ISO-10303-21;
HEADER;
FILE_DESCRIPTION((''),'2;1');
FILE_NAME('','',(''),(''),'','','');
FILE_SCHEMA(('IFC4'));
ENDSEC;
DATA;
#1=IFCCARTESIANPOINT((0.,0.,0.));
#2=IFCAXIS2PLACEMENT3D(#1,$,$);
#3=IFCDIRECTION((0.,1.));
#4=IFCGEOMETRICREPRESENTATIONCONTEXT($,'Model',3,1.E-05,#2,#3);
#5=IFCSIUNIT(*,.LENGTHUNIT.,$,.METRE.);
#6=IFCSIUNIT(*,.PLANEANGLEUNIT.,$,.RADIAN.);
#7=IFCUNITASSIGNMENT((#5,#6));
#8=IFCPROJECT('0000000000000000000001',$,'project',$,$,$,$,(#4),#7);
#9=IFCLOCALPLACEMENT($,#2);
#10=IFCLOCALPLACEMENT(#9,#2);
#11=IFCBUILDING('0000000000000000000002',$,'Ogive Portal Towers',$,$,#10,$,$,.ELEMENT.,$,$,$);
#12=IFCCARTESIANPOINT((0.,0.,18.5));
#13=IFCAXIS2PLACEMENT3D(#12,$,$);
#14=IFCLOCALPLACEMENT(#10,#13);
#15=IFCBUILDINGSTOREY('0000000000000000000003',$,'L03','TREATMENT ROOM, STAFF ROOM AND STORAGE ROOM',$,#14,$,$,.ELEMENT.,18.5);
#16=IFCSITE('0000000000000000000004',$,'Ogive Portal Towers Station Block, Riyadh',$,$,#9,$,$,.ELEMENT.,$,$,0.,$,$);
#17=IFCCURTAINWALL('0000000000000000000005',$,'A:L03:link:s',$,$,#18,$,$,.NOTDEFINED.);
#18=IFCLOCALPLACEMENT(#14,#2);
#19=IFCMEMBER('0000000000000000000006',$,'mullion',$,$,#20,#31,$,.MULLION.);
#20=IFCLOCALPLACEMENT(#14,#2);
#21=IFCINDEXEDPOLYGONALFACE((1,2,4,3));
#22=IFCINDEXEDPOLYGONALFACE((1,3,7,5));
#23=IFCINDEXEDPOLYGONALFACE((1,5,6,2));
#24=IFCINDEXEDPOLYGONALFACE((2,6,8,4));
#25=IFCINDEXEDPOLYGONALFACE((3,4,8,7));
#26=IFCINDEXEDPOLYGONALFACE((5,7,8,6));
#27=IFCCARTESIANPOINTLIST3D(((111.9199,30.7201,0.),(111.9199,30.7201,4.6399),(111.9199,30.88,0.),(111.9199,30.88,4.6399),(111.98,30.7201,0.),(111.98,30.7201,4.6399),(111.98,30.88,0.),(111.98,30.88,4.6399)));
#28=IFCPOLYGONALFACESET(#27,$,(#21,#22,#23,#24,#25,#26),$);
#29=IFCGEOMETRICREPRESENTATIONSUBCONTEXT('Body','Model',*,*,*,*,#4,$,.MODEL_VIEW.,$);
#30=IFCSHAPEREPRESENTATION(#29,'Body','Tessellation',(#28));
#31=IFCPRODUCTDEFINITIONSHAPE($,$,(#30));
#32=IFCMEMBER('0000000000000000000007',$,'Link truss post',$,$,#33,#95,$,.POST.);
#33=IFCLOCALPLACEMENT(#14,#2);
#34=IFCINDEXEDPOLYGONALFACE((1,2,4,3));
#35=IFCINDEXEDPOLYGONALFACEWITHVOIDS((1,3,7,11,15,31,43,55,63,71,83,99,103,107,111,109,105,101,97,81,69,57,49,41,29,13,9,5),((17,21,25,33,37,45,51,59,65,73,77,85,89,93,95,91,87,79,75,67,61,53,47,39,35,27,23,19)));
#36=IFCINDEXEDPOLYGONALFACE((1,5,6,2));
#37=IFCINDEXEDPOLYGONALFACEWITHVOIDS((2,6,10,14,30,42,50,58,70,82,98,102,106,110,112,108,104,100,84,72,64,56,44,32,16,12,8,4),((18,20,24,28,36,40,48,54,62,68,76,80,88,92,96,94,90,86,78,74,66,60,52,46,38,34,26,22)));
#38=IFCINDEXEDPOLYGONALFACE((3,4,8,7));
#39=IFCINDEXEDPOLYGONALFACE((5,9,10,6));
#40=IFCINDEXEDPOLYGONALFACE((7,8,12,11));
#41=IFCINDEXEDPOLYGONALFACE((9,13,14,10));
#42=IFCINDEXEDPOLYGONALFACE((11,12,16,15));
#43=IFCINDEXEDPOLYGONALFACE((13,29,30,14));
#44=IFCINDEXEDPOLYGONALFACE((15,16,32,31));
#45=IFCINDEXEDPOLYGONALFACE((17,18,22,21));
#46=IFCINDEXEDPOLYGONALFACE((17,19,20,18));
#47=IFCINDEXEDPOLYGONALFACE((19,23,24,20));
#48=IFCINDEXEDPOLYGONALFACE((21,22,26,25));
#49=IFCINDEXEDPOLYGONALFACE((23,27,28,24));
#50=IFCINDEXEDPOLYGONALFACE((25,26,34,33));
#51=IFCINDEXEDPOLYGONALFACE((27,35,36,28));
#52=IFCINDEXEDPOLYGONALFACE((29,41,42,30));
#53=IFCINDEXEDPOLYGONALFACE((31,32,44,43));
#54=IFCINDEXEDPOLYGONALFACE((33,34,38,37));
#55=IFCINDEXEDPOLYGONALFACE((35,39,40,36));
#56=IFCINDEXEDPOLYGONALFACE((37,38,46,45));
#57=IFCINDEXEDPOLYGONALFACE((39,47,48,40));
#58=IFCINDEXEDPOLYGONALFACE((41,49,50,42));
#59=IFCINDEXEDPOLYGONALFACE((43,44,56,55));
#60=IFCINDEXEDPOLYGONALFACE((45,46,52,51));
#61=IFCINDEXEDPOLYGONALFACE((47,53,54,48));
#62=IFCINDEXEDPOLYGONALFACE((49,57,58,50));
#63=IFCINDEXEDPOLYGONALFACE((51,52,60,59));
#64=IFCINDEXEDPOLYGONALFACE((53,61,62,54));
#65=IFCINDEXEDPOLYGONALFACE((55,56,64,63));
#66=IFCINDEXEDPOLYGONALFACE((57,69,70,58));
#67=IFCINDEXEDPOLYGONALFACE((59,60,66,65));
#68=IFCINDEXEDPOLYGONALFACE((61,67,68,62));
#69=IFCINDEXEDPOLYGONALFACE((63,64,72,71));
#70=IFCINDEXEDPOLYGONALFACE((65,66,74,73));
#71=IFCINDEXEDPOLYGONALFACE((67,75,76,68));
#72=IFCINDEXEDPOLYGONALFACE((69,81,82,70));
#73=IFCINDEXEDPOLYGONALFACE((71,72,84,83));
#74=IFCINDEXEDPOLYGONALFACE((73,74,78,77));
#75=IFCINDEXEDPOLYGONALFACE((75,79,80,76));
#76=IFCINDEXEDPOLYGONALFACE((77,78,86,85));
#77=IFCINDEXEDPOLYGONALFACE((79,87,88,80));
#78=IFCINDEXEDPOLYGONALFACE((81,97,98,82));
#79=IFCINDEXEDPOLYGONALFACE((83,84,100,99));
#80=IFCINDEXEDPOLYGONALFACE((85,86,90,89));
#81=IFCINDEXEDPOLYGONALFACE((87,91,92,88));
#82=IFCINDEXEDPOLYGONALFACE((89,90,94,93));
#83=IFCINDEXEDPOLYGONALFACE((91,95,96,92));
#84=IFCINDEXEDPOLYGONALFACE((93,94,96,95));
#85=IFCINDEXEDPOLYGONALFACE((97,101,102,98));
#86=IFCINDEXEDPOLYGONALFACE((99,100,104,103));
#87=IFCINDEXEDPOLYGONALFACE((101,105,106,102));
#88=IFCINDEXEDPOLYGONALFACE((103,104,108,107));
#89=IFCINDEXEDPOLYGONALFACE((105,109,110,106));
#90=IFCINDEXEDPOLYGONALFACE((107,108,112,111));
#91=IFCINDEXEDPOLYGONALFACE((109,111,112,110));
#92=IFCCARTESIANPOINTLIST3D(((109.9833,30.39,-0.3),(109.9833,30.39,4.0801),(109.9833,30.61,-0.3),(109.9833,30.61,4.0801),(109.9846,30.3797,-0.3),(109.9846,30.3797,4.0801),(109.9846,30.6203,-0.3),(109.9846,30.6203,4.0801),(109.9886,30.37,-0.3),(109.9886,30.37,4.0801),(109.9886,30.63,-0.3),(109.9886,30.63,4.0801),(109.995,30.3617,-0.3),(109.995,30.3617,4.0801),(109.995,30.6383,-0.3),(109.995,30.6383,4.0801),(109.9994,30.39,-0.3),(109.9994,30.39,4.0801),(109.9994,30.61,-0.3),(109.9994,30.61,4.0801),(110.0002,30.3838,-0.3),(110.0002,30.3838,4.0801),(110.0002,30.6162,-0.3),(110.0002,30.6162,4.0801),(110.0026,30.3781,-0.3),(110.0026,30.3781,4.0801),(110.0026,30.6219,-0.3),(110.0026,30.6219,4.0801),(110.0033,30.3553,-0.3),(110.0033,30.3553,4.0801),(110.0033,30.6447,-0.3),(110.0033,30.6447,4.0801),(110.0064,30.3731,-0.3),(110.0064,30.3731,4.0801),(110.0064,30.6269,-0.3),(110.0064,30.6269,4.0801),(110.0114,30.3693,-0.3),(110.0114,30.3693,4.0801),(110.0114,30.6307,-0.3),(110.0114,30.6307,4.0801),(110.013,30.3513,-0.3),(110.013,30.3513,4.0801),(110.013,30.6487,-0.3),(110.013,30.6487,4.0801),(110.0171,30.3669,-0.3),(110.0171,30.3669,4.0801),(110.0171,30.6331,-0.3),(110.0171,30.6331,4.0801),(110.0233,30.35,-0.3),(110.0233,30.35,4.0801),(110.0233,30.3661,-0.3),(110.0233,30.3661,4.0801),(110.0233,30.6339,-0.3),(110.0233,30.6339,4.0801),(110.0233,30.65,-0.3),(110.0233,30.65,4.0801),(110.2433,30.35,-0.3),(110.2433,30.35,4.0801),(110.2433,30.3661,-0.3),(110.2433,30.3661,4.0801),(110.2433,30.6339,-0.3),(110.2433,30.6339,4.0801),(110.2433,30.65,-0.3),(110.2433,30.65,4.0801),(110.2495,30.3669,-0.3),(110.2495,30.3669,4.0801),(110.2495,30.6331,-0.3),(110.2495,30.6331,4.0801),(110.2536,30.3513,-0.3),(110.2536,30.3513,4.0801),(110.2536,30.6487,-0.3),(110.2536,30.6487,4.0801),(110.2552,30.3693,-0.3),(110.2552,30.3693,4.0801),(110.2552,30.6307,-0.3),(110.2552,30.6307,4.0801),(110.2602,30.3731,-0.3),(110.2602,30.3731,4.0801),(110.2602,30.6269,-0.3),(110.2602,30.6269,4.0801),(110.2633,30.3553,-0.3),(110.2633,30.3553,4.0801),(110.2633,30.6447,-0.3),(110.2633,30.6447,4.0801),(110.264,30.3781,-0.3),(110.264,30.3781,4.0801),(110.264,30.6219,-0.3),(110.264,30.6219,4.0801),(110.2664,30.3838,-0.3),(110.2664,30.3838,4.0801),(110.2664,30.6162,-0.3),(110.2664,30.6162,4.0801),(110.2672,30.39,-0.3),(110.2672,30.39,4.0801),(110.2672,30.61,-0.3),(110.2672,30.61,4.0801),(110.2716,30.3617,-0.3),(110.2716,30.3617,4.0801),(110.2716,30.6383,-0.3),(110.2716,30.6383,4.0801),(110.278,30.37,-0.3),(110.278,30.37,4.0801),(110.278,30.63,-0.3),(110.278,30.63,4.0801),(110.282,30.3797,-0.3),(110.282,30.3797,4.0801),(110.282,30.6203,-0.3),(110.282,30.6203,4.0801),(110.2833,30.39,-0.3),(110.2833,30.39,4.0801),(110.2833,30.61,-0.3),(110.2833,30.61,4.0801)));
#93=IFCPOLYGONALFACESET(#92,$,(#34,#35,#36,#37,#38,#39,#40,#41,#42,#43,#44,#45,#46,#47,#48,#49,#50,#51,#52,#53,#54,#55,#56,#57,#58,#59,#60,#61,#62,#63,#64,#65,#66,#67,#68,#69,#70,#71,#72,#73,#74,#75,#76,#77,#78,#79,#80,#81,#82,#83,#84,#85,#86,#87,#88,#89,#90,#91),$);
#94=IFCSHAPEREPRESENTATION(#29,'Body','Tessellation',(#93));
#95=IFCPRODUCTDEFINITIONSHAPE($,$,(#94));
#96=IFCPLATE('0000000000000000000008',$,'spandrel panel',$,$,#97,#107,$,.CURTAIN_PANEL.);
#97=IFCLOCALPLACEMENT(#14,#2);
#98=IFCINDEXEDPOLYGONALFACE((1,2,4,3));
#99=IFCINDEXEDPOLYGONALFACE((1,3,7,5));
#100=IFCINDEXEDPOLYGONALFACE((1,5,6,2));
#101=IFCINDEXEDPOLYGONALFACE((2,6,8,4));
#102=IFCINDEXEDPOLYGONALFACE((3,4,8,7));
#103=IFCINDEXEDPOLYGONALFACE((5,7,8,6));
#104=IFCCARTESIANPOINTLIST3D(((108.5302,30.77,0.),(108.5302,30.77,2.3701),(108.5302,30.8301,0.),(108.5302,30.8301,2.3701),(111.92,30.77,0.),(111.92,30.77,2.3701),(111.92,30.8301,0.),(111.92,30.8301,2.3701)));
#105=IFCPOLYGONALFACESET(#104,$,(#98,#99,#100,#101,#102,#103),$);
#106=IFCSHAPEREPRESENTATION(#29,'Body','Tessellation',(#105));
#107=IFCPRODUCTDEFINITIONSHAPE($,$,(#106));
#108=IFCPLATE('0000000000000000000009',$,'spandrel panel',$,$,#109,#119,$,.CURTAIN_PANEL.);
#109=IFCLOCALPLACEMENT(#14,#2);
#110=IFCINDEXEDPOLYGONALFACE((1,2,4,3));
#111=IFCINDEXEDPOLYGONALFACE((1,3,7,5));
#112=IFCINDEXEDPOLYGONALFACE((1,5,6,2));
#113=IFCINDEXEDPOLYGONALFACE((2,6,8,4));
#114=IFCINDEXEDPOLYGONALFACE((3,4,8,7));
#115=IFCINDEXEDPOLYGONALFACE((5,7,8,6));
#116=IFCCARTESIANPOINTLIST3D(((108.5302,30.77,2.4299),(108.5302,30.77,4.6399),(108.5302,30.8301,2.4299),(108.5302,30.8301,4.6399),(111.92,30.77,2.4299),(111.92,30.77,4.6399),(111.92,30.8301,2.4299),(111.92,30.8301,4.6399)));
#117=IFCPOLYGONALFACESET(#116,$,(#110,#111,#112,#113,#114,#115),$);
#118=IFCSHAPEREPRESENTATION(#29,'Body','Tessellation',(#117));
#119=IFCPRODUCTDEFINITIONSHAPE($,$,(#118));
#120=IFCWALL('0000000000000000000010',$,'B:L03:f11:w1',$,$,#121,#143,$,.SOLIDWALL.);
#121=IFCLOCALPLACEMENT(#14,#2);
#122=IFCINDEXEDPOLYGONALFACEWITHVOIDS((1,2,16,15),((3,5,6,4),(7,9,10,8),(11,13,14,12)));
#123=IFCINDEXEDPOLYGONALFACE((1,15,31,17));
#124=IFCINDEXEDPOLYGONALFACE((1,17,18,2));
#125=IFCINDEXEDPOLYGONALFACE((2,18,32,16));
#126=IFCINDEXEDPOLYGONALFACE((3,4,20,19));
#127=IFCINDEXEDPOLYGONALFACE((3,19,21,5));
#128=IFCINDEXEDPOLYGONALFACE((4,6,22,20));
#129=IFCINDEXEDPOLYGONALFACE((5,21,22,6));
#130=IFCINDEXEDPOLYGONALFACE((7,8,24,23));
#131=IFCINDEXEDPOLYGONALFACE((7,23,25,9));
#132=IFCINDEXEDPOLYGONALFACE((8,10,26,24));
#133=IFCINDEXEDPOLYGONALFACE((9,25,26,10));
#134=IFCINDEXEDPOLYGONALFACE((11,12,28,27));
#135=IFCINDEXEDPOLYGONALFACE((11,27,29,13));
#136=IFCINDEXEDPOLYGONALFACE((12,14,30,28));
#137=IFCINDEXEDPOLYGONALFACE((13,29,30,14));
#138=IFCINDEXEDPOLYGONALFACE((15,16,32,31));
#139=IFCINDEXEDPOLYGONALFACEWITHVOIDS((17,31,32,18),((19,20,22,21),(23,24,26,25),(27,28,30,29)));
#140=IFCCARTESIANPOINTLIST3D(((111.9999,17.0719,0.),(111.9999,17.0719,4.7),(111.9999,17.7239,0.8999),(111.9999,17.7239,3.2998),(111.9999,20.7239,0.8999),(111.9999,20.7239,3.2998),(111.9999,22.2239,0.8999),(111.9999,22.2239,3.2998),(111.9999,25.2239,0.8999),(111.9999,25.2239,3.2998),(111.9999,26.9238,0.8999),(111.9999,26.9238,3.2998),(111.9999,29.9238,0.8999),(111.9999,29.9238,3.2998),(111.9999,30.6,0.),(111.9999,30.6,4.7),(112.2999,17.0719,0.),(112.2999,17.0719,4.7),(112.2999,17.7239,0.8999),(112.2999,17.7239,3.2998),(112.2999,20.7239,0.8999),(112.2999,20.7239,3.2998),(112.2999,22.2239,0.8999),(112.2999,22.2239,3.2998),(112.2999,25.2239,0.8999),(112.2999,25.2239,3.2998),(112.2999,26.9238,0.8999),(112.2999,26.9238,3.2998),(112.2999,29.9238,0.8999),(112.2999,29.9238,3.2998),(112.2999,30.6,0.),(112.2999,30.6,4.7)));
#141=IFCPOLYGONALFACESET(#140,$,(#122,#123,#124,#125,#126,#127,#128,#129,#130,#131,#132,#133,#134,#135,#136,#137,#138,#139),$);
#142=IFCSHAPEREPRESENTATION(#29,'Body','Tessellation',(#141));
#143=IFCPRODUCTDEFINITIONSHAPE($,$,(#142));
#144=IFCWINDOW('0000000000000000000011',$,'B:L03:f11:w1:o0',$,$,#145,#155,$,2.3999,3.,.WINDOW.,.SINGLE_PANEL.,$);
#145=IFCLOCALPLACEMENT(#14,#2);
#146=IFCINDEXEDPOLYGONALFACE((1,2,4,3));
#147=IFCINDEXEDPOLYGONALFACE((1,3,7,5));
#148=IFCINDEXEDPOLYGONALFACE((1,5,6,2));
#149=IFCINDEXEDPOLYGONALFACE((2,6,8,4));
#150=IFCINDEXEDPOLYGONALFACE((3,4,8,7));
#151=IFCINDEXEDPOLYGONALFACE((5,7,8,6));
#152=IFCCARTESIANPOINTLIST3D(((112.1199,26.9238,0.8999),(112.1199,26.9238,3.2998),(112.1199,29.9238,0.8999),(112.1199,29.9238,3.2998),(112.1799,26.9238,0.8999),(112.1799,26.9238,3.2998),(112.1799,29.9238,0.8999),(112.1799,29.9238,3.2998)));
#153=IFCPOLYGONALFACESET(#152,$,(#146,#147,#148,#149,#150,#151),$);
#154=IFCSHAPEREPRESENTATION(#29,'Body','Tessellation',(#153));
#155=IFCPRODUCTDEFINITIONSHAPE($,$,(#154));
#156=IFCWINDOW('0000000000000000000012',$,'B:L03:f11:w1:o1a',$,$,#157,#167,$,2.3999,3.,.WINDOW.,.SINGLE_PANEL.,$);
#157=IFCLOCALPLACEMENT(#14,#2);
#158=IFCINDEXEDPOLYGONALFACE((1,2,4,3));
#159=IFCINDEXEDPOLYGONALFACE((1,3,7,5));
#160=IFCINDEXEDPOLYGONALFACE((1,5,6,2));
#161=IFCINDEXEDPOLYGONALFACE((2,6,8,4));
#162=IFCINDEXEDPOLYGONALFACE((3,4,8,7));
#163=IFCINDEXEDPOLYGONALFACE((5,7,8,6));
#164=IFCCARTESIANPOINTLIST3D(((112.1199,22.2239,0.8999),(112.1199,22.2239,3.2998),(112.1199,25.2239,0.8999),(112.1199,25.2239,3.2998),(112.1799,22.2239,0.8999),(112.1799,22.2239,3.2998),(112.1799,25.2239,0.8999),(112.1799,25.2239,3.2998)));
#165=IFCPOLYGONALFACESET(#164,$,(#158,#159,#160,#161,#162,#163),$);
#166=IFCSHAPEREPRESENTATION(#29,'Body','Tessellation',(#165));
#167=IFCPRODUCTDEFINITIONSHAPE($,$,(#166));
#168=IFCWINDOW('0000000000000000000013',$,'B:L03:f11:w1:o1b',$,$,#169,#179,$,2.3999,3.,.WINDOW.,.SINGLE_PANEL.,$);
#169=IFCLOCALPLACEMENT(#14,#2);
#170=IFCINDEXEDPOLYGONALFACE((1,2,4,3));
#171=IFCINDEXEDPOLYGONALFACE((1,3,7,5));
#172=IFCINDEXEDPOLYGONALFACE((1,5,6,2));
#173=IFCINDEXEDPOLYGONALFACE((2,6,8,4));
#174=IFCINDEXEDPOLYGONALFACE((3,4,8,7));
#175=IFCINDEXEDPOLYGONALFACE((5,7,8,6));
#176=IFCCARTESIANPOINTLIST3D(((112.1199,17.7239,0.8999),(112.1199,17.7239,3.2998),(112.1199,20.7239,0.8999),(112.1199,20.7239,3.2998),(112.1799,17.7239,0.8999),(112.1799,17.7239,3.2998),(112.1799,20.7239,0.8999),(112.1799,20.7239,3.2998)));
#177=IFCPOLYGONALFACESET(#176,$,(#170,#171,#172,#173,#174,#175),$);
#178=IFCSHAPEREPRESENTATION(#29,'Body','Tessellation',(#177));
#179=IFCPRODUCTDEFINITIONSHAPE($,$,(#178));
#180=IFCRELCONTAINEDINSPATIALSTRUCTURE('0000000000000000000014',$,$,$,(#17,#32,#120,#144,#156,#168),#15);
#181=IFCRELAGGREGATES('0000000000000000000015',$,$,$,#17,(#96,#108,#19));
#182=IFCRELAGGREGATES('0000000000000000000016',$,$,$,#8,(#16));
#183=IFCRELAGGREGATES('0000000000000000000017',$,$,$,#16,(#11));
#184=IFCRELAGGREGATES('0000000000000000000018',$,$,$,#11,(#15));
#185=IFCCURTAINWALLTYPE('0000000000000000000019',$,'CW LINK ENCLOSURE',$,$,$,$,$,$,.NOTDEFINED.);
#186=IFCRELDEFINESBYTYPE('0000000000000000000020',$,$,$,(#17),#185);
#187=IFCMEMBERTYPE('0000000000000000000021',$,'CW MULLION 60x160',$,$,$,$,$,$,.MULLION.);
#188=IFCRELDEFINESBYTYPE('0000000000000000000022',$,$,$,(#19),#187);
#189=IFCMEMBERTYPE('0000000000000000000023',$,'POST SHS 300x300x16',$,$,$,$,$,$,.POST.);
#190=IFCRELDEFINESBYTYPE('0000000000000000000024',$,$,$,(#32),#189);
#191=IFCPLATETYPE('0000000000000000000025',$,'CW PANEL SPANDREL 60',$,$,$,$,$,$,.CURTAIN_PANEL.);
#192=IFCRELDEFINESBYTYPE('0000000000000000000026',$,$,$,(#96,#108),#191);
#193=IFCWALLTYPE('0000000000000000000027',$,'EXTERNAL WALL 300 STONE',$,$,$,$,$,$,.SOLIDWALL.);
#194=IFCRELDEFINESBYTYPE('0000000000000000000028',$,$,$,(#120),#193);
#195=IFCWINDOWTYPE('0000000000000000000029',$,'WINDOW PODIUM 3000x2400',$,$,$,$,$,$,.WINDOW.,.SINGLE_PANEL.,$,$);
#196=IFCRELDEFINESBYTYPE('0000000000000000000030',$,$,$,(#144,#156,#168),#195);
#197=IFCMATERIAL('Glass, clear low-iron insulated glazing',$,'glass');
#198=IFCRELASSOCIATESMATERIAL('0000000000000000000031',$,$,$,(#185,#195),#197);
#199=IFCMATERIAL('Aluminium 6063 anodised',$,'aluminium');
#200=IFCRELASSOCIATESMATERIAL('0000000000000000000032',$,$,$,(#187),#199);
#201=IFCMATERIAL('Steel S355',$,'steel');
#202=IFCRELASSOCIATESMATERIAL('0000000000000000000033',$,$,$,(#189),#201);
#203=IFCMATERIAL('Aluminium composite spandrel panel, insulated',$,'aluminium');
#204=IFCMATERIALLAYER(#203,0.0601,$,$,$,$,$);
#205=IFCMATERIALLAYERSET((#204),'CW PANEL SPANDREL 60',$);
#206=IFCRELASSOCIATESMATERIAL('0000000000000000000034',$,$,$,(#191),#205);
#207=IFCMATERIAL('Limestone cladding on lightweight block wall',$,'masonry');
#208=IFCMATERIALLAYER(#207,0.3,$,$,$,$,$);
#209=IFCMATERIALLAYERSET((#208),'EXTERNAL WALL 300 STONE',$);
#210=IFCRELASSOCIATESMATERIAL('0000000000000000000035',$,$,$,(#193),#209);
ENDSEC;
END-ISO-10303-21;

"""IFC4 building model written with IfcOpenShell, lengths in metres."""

from ifc_helpers import new_model, si_unit, direction, frame, frame_2d, origin, origin_2d, place, context, subcontext, project, spatial, rectangle, hollow_rectangle, extrude, material, layer, layer_set, material_profile, profile_set, type_object, element, fill, aggregate, save


model = new_model("IFC4")

# Units and contexts
model_context = context("Model", 3, precision=1e-05, world=origin(), true_north=direction((0.0, 1.0)))
body_context = subcontext(model_context, "Body", "Model", "MODEL_VIEW")
ifc_project = project(units=[si_unit("LENGTHUNIT", "METRE"), si_unit("PLANEANGLEUNIT", "RADIAN")], contexts=[model_context])

# Site, building, storey
site_placement = place(None, origin())
site = spatial("IfcSite", under=ifc_project, at=site_placement, Name="Ogive Portal Towers Station Block, Riyadh", CompositionType="ELEMENT", RefElevation=0.0)
building_placement = place(site_placement, origin())
building = spatial("IfcBuilding", under=site, at=building_placement, Name="Ogive Portal Towers", CompositionType="ELEMENT")
storey_placement = place(building_placement, frame((0.0, 0.0, 18.5)))
storey = spatial("IfcBuildingStorey", under=building, at=storey_placement, Name="L03", Description="TREATMENT ROOM, STAFF ROOM AND STORAGE ROOM", CompositionType="ELEMENT", Elevation=18.5)

# Shared definitions
ifc_material_1 = material(Name="Steel S355", Category="steel")

# Curtain wall, member
ifc_material_2 = material(Name="Glass, clear low-iron insulated glazing", Category="glass")
curtain_wall_type = type_object("IfcCurtainWallType", Name="CW LINK ENCLOSURE", PredefinedType="NOTDEFINED", material=ifc_material_2)
curtain_wall_placement = place(storey_placement, origin())
curtain_wall = element("IfcCurtainWall", 1, at=curtain_wall_placement, inside=storey, type_object=curtain_wall_type, Name="A:L03:link:s", PredefinedType="NOTDEFINED")
ifc_material_3 = material(Name="Aluminium 6063 anodised", Category="aluminium")
ifc_material_profile_1 = material_profile(ifc_material_3, rectangle(XDim=0.1599, YDim=0.0601, at=origin_2d()), Name="AL 60x160")
ifc_profile_set_1 = profile_set([ifc_material_profile_1], Name="Aluminium 6063 anodised")
member_type_1 = type_object("IfcMemberType", Name="CW MULLION 60x160", PredefinedType="MULLION", material=ifc_profile_set_1)
member_1_placement = place(storey_placement, frame((111.95, 30.8, 0.0), z_axis=(0.0, 0.0, 1.0), x_axis=(0.0, 1.0, 0.0)))
member_1 = element("IfcMember", 2, at=member_1_placement, type_object=member_type_1, Name="mullion", PredefinedType="MULLION", context=body_context, shape_type="SweptSolid", body=[
    extrude(rectangle(XDim=0.1599, YDim=0.0601, at=origin_2d()), origin(), (0.0, 0.0, 1.0), 4.6399),
])

# Member
ifc_material_profile_2 = material_profile(ifc_material_1, hollow_rectangle(XDim=0.3, YDim=0.3, WallThickness=0.0161, InnerFilletRadius=0.0239, OuterFilletRadius=0.04, at=origin_2d()), Name="SHS 300x300x16")
ifc_profile_set_2 = profile_set([ifc_material_profile_2], Name="Steel S355")
member_type_2 = type_object("IfcMemberType", Name="POST SHS 300x300x16", PredefinedType="POST", material=ifc_profile_set_2)
member_2_placement = place(storey_placement, frame((110.1333, 30.5, -0.3), z_axis=(0.0, 0.0, 1.0), x_axis=(1.0, 0.0, 0.0)))
element("IfcMember", 3, at=member_2_placement, inside=storey, type_object=member_type_2, Name="Link truss post", PredefinedType="POST", context=body_context, shape_type="SweptSolid", body=[
    extrude(hollow_rectangle(XDim=0.3, YDim=0.3, WallThickness=0.0161, InnerFilletRadius=0.0239, OuterFilletRadius=0.04, at=origin_2d()), origin(), (0.0, 0.0, 1.0), 4.3801),
])

# Plates
ifc_material_4 = material(Name="Aluminium composite spandrel panel, insulated", Category="aluminium")
ifc_layer_1 = layer(ifc_material_4, 0.0601)
ifc_layer_set_1 = layer_set([ifc_layer_1], Name="CW PANEL SPANDREL 60")
plate_type = type_object("IfcPlateType", Name="CW PANEL SPANDREL 60", PredefinedType="CURTAIN_PANEL", material=ifc_layer_set_1)
plate_1_placement = place(storey_placement, frame((110.2251, 30.8, 0.0), z_axis=(0.0, 0.0, 1.0), x_axis=(1.0, 0.0, 0.0)))
plate_1 = element("IfcPlate", 4, at=plate_1_placement, type_object=plate_type, Name="spandrel panel", PredefinedType="CURTAIN_PANEL", context=body_context, shape_type="SweptSolid", body=[
    extrude(rectangle(XDim=3.3899, YDim=0.0601, at=origin_2d()), origin(), (0.0, 0.0, 1.0), 2.3701),
])
plate_2_placement = place(storey_placement, frame((110.2251, 30.8, 2.4299), z_axis=(0.0, 0.0, 1.0), x_axis=(1.0, 0.0, 0.0)))
plate_2 = element("IfcPlate", 5, at=plate_2_placement, type_object=plate_type, Name="spandrel panel", PredefinedType="CURTAIN_PANEL", context=body_context, shape_type="SweptSolid", body=[
    extrude(rectangle(XDim=3.3899, YDim=0.0601, at=origin_2d()), origin(), (0.0, 0.0, 1.0), 2.21),
])
aggregate(curtain_wall, [plate_1, plate_2, member_1])

# Wall, openings, windows
ifc_material_5 = material(Name="Limestone cladding on lightweight block wall", Category="masonry")
ifc_layer_2 = layer(ifc_material_5, 0.3)
ifc_layer_set_2 = layer_set([ifc_layer_2], Name="EXTERNAL WALL 300 STONE")
wall_type = type_object("IfcWallType", Name="EXTERNAL WALL 300 STONE", PredefinedType="SOLIDWALL", material=ifc_layer_set_2)
wall_1_placement = place(storey_placement, frame((112.1499, 30.6001, 0.0), z_axis=(0.0, 0.0, 1.0), x_axis=(0.0, -1.0, 0.0)))
wall_1 = element("IfcWall", 6, at=wall_1_placement, inside=storey, type_object=wall_type, Name="B:L03:f11:w1", PredefinedType="SOLIDWALL", context=body_context, shape_type="SweptSolid", body=[
    extrude(rectangle(XDim=13.5281, YDim=0.3, at=frame_2d((6.7642, 0.0))), origin(), (0.0, 0.0, 1.0), 4.7),
])
opening_1_placement = place(wall_1_placement, frame((0.6763, 0.0, 0.8999)))
opening_1 = element("IfcOpeningElement", 7, at=opening_1_placement, cuts=wall_1, PredefinedType="OPENING", context=body_context, shape_type="SweptSolid", body=[
    extrude(rectangle(XDim=3.0, YDim=2.3999, at=frame_2d((1.5, 1.2))), frame((0.0, 0.1602, 0.0), z_axis=(0.0, -1.0, 0.0), x_axis=(1.0, 0.0, 0.0)), (0.0, 0.0, 1.0), 0.3201),
])
opening_2_placement = place(wall_1_placement, frame((5.3762, 0.0, 0.8999)))
opening_2 = element("IfcOpeningElement", 8, at=opening_2_placement, cuts=wall_1, PredefinedType="OPENING", context=body_context, shape_type="SweptSolid", body=[
    extrude(rectangle(XDim=3.0, YDim=2.3999, at=frame_2d((1.5, 1.2))), frame((0.0, 0.1602, 0.0), z_axis=(0.0, -1.0, 0.0), x_axis=(1.0, 0.0, 0.0)), (0.0, 0.0, 1.0), 0.3201),
])
opening_3_placement = place(wall_1_placement, frame((9.8762, 0.0, 0.8999)))
opening_3 = element("IfcOpeningElement", 9, at=opening_3_placement, cuts=wall_1, PredefinedType="OPENING", context=body_context, shape_type="SweptSolid", body=[
    extrude(rectangle(XDim=3.0, YDim=2.3999, at=frame_2d((1.5, 1.2))), frame((0.0, 0.1602, 0.0), z_axis=(0.0, -1.0, 0.0), x_axis=(1.0, 0.0, 0.0)), (0.0, 0.0, 1.0), 0.3201),
])
window_type = type_object("IfcWindowType", Name="WINDOW PODIUM 3000x2400", PartitioningType="SINGLE_PANEL", PredefinedType="WINDOW", material=ifc_material_2)
window_1_placement = place(opening_1_placement, origin())
window_1 = element("IfcWindow", 10, at=window_1_placement, inside=storey, type_object=window_type, Name="B:L03:f11:w1:o0", OverallHeight=2.3999, OverallWidth=3.0, PartitioningType="SINGLE_PANEL", PredefinedType="WINDOW", context=body_context, shape_type="SweptSolid", body=[
    extrude(rectangle(XDim=3.0, YDim=2.3999, at=frame_2d((1.5, 1.2))), frame((0.0, 0.03, 0.0), z_axis=(0.0, -1.0, 0.0), x_axis=(1.0, 0.0, 0.0)), (0.0, 0.0, 1.0), 0.0601),
])
fill(opening_1, window_1)
window_2_placement = place(opening_2_placement, origin())
window_2 = element("IfcWindow", 11, at=window_2_placement, inside=storey, type_object=window_type, Name="B:L03:f11:w1:o1a", OverallHeight=2.3999, OverallWidth=3.0, PartitioningType="SINGLE_PANEL", PredefinedType="WINDOW", context=body_context, shape_type="SweptSolid", body=[
    extrude(rectangle(XDim=3.0, YDim=2.3999, at=frame_2d((1.5, 1.2))), frame((0.0, 0.03, 0.0), z_axis=(0.0, -1.0, 0.0), x_axis=(1.0, 0.0, 0.0)), (0.0, 0.0, 1.0), 0.0601),
])
fill(opening_2, window_2)
window_3_placement = place(opening_3_placement, origin())
window_3 = element("IfcWindow", 12, at=window_3_placement, inside=storey, type_object=window_type, Name="B:L03:f11:w1:o1b", OverallHeight=2.3999, OverallWidth=3.0, PartitioningType="SINGLE_PANEL", PredefinedType="WINDOW", context=body_context, shape_type="SweptSolid", body=[
    extrude(rectangle(XDim=3.0, YDim=2.3999, at=frame_2d((1.5, 1.2))), frame((0.0, 0.03, 0.0), z_axis=(0.0, -1.0, 0.0), x_axis=(1.0, 0.0, 0.0)), (0.0, 0.0, 1.0), 0.0601),
])
fill(opening_3, window_3)

save(model, "model.ifc")
